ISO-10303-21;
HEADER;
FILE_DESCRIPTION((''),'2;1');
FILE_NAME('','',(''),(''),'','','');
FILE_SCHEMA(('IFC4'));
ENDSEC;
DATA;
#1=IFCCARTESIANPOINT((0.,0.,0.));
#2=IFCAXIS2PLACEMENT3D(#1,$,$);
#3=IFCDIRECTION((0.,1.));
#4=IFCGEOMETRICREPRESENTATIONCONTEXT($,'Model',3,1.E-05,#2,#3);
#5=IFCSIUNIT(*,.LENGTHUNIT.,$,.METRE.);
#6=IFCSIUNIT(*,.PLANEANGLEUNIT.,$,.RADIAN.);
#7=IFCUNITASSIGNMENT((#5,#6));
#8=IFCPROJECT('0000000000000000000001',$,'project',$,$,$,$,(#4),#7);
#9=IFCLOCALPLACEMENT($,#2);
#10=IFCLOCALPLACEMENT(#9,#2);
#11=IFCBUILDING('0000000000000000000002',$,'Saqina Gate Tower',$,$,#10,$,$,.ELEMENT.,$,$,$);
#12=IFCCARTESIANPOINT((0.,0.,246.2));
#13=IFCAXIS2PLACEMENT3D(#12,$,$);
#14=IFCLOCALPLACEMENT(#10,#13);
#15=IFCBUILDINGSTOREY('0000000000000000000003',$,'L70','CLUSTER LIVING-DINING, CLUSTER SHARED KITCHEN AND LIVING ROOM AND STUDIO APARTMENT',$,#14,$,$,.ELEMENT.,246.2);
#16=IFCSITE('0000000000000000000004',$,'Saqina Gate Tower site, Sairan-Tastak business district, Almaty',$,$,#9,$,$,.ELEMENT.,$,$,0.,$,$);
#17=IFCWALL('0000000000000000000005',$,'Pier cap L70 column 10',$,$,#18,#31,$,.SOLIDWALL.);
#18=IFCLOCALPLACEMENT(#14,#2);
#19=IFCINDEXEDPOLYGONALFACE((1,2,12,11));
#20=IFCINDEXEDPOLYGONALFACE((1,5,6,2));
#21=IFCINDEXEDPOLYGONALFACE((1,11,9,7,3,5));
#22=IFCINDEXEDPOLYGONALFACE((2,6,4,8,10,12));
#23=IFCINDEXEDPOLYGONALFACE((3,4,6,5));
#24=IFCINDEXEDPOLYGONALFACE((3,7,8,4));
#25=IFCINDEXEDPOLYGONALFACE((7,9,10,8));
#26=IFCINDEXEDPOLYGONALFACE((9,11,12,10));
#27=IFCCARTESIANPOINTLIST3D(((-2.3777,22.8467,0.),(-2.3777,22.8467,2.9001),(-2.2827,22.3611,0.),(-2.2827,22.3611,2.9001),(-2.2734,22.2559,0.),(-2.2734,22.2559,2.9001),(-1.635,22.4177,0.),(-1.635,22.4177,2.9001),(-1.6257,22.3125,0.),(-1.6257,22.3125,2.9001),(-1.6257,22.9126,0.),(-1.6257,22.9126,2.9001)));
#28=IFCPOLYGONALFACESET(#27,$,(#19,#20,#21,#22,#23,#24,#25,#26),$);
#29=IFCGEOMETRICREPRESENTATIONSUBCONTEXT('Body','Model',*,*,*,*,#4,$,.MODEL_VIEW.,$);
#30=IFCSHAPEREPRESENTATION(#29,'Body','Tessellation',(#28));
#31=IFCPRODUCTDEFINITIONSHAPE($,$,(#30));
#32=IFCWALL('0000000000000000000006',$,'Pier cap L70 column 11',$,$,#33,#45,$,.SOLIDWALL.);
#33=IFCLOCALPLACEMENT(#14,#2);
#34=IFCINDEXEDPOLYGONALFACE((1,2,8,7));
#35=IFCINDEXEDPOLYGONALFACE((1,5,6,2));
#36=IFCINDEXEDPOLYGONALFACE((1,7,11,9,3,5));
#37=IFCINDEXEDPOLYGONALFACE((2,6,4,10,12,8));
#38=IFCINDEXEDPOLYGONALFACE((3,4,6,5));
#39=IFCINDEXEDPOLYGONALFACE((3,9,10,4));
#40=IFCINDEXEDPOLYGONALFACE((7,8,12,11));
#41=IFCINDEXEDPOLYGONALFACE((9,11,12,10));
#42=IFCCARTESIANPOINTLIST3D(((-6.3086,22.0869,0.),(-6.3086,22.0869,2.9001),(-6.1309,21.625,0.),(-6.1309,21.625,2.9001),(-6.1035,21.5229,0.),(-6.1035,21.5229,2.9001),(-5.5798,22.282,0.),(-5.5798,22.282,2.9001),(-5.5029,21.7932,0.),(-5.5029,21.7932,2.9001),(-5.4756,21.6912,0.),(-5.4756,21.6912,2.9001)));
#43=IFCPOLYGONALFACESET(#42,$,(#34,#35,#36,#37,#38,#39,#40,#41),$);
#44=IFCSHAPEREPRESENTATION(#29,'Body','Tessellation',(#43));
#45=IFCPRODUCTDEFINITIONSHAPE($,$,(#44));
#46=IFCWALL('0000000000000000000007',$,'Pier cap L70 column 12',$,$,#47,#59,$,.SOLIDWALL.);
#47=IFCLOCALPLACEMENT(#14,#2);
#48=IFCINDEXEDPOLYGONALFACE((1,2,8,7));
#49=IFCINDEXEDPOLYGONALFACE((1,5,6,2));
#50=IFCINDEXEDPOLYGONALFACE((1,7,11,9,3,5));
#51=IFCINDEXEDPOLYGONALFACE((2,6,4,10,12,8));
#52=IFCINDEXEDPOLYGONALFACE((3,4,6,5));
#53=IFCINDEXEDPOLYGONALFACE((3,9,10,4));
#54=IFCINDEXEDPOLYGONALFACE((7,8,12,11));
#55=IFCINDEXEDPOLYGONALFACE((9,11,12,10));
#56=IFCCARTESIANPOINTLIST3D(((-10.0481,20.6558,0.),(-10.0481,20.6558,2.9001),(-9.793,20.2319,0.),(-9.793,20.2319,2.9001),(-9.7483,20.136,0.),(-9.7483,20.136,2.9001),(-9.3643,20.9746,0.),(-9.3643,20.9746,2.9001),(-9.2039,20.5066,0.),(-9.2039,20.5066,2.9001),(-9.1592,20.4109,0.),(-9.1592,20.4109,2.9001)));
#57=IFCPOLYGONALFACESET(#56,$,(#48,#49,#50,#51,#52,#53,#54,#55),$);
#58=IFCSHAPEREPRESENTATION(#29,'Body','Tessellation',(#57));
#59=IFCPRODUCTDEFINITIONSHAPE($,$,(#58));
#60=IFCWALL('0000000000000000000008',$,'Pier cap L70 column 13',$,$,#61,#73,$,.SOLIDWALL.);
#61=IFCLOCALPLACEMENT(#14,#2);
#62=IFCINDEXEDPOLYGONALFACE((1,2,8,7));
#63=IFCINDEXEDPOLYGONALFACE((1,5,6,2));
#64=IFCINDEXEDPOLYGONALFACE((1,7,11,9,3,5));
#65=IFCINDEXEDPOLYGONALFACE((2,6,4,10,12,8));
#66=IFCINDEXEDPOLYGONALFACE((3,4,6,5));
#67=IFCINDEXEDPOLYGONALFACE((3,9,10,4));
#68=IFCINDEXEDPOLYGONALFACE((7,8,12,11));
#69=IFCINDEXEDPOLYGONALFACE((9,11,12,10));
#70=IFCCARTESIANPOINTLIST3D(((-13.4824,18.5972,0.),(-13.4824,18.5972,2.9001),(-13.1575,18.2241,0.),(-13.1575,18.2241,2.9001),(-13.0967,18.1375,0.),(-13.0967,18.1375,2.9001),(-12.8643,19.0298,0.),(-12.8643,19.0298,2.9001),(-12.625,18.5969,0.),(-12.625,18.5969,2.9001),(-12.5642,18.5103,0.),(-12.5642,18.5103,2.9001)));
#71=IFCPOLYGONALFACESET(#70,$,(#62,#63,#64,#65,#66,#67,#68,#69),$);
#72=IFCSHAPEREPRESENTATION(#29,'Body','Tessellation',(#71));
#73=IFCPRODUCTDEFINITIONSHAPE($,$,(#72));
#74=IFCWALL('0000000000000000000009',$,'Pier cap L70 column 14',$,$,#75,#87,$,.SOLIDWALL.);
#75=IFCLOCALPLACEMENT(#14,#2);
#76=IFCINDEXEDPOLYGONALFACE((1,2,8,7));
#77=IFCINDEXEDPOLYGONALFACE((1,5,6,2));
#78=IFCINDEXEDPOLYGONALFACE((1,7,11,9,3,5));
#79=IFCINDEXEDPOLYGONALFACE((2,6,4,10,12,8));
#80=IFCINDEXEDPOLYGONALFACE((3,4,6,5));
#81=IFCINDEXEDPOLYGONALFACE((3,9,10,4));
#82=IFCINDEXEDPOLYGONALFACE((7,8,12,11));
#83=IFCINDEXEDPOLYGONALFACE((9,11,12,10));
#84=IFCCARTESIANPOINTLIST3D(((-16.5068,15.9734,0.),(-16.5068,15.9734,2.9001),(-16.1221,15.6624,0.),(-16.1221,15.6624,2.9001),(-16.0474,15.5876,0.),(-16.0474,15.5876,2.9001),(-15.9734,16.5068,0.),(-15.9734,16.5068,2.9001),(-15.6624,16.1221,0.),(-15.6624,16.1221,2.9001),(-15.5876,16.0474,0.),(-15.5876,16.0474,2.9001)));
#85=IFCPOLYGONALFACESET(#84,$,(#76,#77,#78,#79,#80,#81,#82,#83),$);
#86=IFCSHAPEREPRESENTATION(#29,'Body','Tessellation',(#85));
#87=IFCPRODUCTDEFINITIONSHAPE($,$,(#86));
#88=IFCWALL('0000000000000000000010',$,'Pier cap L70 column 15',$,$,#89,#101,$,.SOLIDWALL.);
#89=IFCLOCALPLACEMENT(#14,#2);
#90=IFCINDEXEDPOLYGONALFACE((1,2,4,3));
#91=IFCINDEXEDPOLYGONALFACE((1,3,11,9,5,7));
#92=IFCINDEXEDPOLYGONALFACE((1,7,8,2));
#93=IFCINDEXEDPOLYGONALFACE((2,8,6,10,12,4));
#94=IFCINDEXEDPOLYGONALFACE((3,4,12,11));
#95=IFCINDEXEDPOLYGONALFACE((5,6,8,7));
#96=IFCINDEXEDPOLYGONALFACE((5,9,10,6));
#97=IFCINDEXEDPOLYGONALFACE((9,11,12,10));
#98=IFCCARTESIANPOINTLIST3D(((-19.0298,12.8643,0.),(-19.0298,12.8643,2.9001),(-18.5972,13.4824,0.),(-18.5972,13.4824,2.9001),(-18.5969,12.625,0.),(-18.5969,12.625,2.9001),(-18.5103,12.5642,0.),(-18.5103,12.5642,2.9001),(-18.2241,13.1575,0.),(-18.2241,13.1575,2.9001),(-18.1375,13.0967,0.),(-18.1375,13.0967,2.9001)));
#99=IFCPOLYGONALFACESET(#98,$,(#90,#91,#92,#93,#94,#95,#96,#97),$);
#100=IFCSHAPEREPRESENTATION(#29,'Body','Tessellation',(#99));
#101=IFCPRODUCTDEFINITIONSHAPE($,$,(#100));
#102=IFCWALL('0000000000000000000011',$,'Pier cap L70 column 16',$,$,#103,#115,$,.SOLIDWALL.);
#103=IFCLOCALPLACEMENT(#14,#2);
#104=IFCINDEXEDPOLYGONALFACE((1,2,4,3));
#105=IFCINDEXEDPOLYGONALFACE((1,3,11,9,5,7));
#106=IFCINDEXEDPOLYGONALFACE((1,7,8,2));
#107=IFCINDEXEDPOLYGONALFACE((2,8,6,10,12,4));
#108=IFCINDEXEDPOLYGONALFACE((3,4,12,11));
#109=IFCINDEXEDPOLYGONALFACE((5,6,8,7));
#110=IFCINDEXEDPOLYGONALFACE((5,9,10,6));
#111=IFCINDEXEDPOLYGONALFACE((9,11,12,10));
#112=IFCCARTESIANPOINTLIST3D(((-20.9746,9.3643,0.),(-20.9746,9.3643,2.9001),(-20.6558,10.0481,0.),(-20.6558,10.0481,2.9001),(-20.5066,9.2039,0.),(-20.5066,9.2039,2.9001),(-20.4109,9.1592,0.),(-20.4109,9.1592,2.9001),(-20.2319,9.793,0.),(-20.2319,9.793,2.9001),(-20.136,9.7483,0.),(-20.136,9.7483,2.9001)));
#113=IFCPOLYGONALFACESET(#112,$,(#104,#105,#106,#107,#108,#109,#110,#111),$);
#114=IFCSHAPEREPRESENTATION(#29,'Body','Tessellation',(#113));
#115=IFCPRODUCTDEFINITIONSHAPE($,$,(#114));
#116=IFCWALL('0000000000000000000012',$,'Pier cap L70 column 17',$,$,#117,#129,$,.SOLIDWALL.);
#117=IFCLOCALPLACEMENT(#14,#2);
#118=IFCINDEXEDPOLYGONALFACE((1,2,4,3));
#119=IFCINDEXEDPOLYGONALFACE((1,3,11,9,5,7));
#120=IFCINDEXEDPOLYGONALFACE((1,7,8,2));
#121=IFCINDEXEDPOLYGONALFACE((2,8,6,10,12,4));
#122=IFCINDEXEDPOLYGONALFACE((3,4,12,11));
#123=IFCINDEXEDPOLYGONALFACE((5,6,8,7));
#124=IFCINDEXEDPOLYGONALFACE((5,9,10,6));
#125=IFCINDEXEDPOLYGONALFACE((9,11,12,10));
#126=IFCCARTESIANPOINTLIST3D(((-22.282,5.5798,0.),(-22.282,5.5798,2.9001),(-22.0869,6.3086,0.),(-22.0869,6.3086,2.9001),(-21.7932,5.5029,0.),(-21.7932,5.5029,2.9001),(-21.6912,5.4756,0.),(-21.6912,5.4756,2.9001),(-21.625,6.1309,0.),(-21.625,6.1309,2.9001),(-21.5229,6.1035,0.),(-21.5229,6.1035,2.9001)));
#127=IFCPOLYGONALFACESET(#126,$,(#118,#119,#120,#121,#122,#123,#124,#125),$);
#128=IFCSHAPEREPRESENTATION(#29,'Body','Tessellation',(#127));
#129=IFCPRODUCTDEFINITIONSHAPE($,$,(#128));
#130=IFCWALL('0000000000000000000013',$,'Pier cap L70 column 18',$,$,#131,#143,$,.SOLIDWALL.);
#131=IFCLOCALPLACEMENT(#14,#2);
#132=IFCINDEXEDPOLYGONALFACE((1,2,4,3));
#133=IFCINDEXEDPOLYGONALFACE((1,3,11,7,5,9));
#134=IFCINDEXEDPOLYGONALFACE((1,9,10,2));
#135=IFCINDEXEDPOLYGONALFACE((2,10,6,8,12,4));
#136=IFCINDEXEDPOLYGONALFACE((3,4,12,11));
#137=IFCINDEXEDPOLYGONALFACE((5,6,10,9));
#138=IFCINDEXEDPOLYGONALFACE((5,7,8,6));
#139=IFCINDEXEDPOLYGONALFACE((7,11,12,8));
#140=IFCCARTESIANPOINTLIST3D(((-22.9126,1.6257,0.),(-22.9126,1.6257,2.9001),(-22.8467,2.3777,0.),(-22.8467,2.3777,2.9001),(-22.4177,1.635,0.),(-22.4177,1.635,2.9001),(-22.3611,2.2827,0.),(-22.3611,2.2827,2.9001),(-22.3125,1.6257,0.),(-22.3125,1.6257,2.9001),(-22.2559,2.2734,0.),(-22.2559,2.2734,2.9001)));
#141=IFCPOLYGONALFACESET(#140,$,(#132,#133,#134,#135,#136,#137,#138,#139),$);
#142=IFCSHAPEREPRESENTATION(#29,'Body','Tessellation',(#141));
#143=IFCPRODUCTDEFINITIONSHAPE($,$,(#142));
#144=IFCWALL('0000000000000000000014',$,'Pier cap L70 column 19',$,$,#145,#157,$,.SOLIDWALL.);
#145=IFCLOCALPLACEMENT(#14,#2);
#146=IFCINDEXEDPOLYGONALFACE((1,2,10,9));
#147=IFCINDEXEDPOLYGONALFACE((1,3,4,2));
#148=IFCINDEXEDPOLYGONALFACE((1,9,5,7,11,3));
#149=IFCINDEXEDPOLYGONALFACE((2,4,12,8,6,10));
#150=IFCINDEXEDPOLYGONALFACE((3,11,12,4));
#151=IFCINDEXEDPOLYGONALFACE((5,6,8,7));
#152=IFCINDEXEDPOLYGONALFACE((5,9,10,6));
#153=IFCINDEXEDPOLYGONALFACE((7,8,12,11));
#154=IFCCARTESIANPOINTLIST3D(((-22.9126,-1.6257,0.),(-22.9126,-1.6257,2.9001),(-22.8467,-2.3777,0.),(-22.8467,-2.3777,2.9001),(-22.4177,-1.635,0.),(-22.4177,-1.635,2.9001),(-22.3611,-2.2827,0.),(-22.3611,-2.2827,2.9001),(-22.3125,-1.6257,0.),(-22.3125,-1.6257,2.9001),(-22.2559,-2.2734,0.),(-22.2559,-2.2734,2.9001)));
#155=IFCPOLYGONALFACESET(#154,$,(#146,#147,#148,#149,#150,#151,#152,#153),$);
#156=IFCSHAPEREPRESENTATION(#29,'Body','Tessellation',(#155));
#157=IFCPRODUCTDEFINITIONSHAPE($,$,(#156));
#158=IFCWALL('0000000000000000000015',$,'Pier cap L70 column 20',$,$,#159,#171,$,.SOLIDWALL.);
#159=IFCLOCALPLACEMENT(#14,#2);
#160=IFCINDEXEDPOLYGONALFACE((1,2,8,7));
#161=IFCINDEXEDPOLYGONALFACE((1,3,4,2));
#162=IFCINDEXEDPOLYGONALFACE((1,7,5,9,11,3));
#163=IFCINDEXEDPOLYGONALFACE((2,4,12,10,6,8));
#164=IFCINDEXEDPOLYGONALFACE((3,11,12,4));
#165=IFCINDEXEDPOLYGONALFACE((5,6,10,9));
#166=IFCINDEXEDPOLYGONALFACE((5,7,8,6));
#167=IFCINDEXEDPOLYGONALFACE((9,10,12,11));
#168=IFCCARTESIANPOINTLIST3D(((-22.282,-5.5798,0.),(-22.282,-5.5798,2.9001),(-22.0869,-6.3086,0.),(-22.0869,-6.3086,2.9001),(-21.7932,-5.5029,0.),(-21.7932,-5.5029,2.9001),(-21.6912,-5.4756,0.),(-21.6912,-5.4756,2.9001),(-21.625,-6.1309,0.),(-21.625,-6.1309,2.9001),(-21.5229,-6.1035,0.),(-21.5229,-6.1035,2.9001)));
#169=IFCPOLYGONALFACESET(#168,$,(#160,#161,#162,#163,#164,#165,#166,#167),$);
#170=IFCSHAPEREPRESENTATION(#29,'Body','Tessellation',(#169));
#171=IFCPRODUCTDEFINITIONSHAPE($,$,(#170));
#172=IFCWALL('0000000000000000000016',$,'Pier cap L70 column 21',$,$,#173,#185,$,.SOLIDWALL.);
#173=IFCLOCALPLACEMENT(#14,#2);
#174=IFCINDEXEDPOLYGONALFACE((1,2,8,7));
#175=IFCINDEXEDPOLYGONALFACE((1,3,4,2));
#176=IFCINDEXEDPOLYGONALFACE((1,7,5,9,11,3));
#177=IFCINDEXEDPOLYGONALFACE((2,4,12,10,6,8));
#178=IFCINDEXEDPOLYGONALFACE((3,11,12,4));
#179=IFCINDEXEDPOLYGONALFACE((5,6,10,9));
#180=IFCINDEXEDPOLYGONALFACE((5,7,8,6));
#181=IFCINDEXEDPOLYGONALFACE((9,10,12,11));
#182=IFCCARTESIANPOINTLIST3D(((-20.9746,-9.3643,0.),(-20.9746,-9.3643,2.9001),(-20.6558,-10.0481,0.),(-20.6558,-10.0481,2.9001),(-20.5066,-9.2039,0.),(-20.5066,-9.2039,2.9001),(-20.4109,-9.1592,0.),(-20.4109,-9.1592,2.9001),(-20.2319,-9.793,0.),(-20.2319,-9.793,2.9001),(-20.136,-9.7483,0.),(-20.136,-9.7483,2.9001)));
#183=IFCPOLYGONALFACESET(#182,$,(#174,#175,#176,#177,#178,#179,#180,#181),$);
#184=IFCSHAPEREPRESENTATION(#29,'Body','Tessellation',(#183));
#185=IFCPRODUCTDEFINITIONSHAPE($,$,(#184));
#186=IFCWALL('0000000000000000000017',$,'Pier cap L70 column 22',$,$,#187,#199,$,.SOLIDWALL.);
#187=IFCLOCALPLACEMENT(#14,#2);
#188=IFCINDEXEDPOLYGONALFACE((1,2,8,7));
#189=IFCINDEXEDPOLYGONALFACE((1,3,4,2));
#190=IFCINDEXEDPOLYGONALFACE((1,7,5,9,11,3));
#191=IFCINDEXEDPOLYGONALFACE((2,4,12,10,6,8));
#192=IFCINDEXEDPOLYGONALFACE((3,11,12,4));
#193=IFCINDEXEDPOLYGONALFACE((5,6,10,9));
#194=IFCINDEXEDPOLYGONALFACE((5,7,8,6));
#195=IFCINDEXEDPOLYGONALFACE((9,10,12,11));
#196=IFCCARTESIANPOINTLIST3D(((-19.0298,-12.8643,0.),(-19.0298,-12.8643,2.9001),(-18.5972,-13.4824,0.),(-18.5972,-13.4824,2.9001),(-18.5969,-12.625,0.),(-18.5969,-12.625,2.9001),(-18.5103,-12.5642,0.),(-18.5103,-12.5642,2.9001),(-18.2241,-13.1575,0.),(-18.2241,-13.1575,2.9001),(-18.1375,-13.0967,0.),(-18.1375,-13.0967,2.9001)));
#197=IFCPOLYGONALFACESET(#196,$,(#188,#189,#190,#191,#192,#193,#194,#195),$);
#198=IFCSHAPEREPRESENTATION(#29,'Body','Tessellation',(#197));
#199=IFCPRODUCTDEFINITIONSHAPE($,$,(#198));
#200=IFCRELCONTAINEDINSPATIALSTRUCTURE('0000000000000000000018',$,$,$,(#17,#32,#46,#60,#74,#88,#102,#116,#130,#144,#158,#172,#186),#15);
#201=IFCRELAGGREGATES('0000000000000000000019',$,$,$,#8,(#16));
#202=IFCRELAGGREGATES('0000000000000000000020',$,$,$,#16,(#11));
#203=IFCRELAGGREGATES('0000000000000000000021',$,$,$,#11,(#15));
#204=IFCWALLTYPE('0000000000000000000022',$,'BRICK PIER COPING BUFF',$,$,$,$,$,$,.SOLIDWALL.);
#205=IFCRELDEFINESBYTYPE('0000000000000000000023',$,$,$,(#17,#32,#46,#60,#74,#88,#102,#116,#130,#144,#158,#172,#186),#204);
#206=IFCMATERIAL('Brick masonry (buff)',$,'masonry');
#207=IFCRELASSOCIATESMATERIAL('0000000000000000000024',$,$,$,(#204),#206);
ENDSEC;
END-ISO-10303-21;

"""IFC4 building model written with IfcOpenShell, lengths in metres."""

from ifc_helpers import new_model, si_unit, direction, frame, origin, place, context, subcontext, project, spatial, polyline, outline, extrude, material, type_object, element, save


model = new_model("IFC4")

# Units and contexts
model_context = context("Model", 3, precision=1e-05, world=origin(), true_north=direction((0.0, 1.0)))
body_context = subcontext(model_context, "Body", "Model", "MODEL_VIEW")
ifc_project = project(units=[si_unit("LENGTHUNIT", "METRE"), si_unit("PLANEANGLEUNIT", "RADIAN")], contexts=[model_context])

# Site, building, storey
site_placement = place(None, origin())
site = spatial("IfcSite", under=ifc_project, at=site_placement, Name="Saqina Gate Tower site, Sairan-Tastak business district, Almaty", CompositionType="ELEMENT", RefElevation=0.0)
building_placement = place(site_placement, origin())
building = spatial("IfcBuilding", under=site, at=building_placement, Name="Saqina Gate Tower", CompositionType="ELEMENT")
storey_placement = place(building_placement, frame((0.0, 0.0, 246.2)))
storey = spatial("IfcBuildingStorey", under=building, at=storey_placement, Name="L70", Description="CLUSTER LIVING-DINING, CLUSTER SHARED KITCHEN AND LIVING ROOM AND STUDIO APARTMENT", CompositionType="ELEMENT", Elevation=246.2)

# Walls
ifc_material = material(Name="Brick masonry (buff)", Category="masonry")
wall_type = type_object("IfcWallType", Name="BRICK PIER COPING BUFF", PredefinedType="SOLIDWALL", material=ifc_material)
wall_1_placement = place(storey_placement, origin())
element("IfcWall", 1, at=wall_1_placement, inside=storey, type_object=wall_type, Name="Pier cap L70 column 10", PredefinedType="SOLIDWALL", context=body_context, shape_type="SweptSolid", body=[
    extrude(outline(polyline([(-1.6257, 22.9126), (-2.3777, 22.8467), (-2.2734, 22.2559), (-2.2827, 22.3611), (-1.635, 22.4177), (-1.6257, 22.3125), (-1.6257, 22.9126)])), origin(), (0.0, 0.0, 1.0), 2.9001),
])
wall_2_placement = place(storey_placement, origin())
element("IfcWall", 2, at=wall_2_placement, inside=storey, type_object=wall_type, Name="Pier cap L70 column 11", PredefinedType="SOLIDWALL", context=body_context, shape_type="SweptSolid", body=[
    extrude(outline(polyline([(-6.3086, 22.0869), (-6.1035, 21.5229), (-6.1309, 21.625), (-5.5029, 21.7932), (-5.4756, 21.6912), (-5.5798, 22.282), (-6.3086, 22.0869)])), origin(), (0.0, 0.0, 1.0), 2.9001),
])
wall_3_placement = place(storey_placement, origin())
element("IfcWall", 3, at=wall_3_placement, inside=storey, type_object=wall_type, Name="Pier cap L70 column 12", PredefinedType="SOLIDWALL", context=body_context, shape_type="SweptSolid", body=[
    extrude(outline(polyline([(-9.3643, 20.9746), (-10.0481, 20.6558), (-9.7483, 20.136), (-9.793, 20.2319), (-9.2039, 20.5066), (-9.1592, 20.4109), (-9.3643, 20.9746)])), origin(), (0.0, 0.0, 1.0), 2.9001),
])
wall_4_placement = place(storey_placement, origin())
element("IfcWall", 4, at=wall_4_placement, inside=storey, type_object=wall_type, Name="Pier cap L70 column 13", PredefinedType="SOLIDWALL", context=body_context, shape_type="SweptSolid", body=[
    extrude(outline(polyline([(-12.8643, 19.0298), (-13.4824, 18.5972), (-13.0967, 18.1375), (-13.1575, 18.2241), (-12.625, 18.5969), (-12.5642, 18.5103), (-12.8643, 19.0298)])), origin(), (0.0, 0.0, 1.0), 2.9001),
])
wall_5_placement = place(storey_placement, origin())
element("IfcWall", 5, at=wall_5_placement, inside=storey, type_object=wall_type, Name="Pier cap L70 column 14", PredefinedType="SOLIDWALL", context=body_context, shape_type="SweptSolid", body=[
    extrude(outline(polyline([(-16.5068, 15.9734), (-16.0474, 15.5876), (-16.1221, 15.6624), (-15.6624, 16.1221), (-15.5876, 16.0474), (-15.9734, 16.5068), (-16.5068, 15.9734)])), origin(), (0.0, 0.0, 1.0), 2.9001),
])
wall_6_placement = place(storey_placement, origin())
element("IfcWall", 6, at=wall_6_placement, inside=storey, type_object=wall_type, Name="Pier cap L70 column 15", PredefinedType="SOLIDWALL", context=body_context, shape_type="SweptSolid", body=[
    extrude(outline(polyline([(-19.0298, 12.8643), (-18.5103, 12.5642), (-18.5969, 12.625), (-18.2241, 13.1575), (-18.1375, 13.0967), (-18.5972, 13.4824), (-19.0298, 12.8643)])), origin(), (0.0, 0.0, 1.0), 2.9001),
])
wall_7_placement = place(storey_placement, origin())
element("IfcWall", 7, at=wall_7_placement, inside=storey, type_object=wall_type, Name="Pier cap L70 column 16", PredefinedType="SOLIDWALL", context=body_context, shape_type="SweptSolid", body=[
    extrude(outline(polyline([(-20.6558, 10.0481), (-20.9746, 9.3643), (-20.4109, 9.1592), (-20.5066, 9.2039), (-20.2319, 9.793), (-20.136, 9.7483), (-20.6558, 10.0481)])), origin(), (0.0, 0.0, 1.0), 2.9001),
])
wall_8_placement = place(storey_placement, origin())
element("IfcWall", 8, at=wall_8_placement, inside=storey, type_object=wall_type, Name="Pier cap L70 column 17", PredefinedType="SOLIDWALL", context=body_context, shape_type="SweptSolid", body=[
    extrude(outline(polyline([(-22.282, 5.5798), (-21.6912, 5.4756), (-21.7932, 5.5029), (-21.625, 6.1309), (-21.5229, 6.1035), (-22.0869, 6.3086), (-22.282, 5.5798)])), origin(), (0.0, 0.0, 1.0), 2.9001),
])
wall_9_placement = place(storey_placement, origin())
element("IfcWall", 9, at=wall_9_placement, inside=storey, type_object=wall_type, Name="Pier cap L70 column 18", PredefinedType="SOLIDWALL", context=body_context, shape_type="SweptSolid", body=[
    extrude(outline(polyline([(-22.8467, 2.3777), (-22.9126, 1.6257), (-22.3125, 1.6257), (-22.4177, 1.635), (-22.3611, 2.2827), (-22.2559, 2.2734), (-22.8467, 2.3777)])), origin(), (0.0, 0.0, 1.0), 2.9001),
])
wall_10_placement = place(storey_placement, origin())
element("IfcWall", 10, at=wall_10_placement, inside=storey, type_object=wall_type, Name="Pier cap L70 column 19", PredefinedType="SOLIDWALL", context=body_context, shape_type="SweptSolid", body=[
    extrude(outline(polyline([(-22.9126, -1.6257), (-22.8467, -2.3777), (-22.2559, -2.2734), (-22.3611, -2.2827), (-22.4177, -1.635), (-22.3125, -1.6257), (-22.9126, -1.6257)])), origin(), (0.0, 0.0, 1.0), 2.9001),
])
wall_11_placement = place(storey_placement, origin())
element("IfcWall", 11, at=wall_11_placement, inside=storey, type_object=wall_type, Name="Pier cap L70 column 20", PredefinedType="SOLIDWALL", context=body_context, shape_type="SweptSolid", body=[
    extrude(outline(polyline([(-22.0869, -6.3086), (-21.5229, -6.1035), (-21.625, -6.1309), (-21.7932, -5.5029), (-21.6912, -5.4756), (-22.282, -5.5798), (-22.0869, -6.3086)])), origin(), (0.0, 0.0, 1.0), 2.9001),
])
wall_12_placement = place(storey_placement, origin())
element("IfcWall", 12, at=wall_12_placement, inside=storey, type_object=wall_type, Name="Pier cap L70 column 21", PredefinedType="SOLIDWALL", context=body_context, shape_type="SweptSolid", body=[
    extrude(outline(polyline([(-20.9746, -9.3643), (-20.6558, -10.0481), (-20.136, -9.7483), (-20.2319, -9.793), (-20.5066, -9.2039), (-20.4109, -9.1592), (-20.9746, -9.3643)])), origin(), (0.0, 0.0, 1.0), 2.9001),
])
wall_13_placement = place(storey_placement, origin())
element("IfcWall", 13, at=wall_13_placement, inside=storey, type_object=wall_type, Name="Pier cap L70 column 22", PredefinedType="SOLIDWALL", context=body_context, shape_type="SweptSolid", body=[
    extrude(outline(polyline([(-19.0298, -12.8643), (-18.5972, -13.4824), (-18.1375, -13.0967), (-18.2241, -13.1575), (-18.5969, -12.625), (-18.5103, -12.5642), (-19.0298, -12.8643)])), origin(), (0.0, 0.0, 1.0), 2.9001),
])

save(model, "model.ifc")
